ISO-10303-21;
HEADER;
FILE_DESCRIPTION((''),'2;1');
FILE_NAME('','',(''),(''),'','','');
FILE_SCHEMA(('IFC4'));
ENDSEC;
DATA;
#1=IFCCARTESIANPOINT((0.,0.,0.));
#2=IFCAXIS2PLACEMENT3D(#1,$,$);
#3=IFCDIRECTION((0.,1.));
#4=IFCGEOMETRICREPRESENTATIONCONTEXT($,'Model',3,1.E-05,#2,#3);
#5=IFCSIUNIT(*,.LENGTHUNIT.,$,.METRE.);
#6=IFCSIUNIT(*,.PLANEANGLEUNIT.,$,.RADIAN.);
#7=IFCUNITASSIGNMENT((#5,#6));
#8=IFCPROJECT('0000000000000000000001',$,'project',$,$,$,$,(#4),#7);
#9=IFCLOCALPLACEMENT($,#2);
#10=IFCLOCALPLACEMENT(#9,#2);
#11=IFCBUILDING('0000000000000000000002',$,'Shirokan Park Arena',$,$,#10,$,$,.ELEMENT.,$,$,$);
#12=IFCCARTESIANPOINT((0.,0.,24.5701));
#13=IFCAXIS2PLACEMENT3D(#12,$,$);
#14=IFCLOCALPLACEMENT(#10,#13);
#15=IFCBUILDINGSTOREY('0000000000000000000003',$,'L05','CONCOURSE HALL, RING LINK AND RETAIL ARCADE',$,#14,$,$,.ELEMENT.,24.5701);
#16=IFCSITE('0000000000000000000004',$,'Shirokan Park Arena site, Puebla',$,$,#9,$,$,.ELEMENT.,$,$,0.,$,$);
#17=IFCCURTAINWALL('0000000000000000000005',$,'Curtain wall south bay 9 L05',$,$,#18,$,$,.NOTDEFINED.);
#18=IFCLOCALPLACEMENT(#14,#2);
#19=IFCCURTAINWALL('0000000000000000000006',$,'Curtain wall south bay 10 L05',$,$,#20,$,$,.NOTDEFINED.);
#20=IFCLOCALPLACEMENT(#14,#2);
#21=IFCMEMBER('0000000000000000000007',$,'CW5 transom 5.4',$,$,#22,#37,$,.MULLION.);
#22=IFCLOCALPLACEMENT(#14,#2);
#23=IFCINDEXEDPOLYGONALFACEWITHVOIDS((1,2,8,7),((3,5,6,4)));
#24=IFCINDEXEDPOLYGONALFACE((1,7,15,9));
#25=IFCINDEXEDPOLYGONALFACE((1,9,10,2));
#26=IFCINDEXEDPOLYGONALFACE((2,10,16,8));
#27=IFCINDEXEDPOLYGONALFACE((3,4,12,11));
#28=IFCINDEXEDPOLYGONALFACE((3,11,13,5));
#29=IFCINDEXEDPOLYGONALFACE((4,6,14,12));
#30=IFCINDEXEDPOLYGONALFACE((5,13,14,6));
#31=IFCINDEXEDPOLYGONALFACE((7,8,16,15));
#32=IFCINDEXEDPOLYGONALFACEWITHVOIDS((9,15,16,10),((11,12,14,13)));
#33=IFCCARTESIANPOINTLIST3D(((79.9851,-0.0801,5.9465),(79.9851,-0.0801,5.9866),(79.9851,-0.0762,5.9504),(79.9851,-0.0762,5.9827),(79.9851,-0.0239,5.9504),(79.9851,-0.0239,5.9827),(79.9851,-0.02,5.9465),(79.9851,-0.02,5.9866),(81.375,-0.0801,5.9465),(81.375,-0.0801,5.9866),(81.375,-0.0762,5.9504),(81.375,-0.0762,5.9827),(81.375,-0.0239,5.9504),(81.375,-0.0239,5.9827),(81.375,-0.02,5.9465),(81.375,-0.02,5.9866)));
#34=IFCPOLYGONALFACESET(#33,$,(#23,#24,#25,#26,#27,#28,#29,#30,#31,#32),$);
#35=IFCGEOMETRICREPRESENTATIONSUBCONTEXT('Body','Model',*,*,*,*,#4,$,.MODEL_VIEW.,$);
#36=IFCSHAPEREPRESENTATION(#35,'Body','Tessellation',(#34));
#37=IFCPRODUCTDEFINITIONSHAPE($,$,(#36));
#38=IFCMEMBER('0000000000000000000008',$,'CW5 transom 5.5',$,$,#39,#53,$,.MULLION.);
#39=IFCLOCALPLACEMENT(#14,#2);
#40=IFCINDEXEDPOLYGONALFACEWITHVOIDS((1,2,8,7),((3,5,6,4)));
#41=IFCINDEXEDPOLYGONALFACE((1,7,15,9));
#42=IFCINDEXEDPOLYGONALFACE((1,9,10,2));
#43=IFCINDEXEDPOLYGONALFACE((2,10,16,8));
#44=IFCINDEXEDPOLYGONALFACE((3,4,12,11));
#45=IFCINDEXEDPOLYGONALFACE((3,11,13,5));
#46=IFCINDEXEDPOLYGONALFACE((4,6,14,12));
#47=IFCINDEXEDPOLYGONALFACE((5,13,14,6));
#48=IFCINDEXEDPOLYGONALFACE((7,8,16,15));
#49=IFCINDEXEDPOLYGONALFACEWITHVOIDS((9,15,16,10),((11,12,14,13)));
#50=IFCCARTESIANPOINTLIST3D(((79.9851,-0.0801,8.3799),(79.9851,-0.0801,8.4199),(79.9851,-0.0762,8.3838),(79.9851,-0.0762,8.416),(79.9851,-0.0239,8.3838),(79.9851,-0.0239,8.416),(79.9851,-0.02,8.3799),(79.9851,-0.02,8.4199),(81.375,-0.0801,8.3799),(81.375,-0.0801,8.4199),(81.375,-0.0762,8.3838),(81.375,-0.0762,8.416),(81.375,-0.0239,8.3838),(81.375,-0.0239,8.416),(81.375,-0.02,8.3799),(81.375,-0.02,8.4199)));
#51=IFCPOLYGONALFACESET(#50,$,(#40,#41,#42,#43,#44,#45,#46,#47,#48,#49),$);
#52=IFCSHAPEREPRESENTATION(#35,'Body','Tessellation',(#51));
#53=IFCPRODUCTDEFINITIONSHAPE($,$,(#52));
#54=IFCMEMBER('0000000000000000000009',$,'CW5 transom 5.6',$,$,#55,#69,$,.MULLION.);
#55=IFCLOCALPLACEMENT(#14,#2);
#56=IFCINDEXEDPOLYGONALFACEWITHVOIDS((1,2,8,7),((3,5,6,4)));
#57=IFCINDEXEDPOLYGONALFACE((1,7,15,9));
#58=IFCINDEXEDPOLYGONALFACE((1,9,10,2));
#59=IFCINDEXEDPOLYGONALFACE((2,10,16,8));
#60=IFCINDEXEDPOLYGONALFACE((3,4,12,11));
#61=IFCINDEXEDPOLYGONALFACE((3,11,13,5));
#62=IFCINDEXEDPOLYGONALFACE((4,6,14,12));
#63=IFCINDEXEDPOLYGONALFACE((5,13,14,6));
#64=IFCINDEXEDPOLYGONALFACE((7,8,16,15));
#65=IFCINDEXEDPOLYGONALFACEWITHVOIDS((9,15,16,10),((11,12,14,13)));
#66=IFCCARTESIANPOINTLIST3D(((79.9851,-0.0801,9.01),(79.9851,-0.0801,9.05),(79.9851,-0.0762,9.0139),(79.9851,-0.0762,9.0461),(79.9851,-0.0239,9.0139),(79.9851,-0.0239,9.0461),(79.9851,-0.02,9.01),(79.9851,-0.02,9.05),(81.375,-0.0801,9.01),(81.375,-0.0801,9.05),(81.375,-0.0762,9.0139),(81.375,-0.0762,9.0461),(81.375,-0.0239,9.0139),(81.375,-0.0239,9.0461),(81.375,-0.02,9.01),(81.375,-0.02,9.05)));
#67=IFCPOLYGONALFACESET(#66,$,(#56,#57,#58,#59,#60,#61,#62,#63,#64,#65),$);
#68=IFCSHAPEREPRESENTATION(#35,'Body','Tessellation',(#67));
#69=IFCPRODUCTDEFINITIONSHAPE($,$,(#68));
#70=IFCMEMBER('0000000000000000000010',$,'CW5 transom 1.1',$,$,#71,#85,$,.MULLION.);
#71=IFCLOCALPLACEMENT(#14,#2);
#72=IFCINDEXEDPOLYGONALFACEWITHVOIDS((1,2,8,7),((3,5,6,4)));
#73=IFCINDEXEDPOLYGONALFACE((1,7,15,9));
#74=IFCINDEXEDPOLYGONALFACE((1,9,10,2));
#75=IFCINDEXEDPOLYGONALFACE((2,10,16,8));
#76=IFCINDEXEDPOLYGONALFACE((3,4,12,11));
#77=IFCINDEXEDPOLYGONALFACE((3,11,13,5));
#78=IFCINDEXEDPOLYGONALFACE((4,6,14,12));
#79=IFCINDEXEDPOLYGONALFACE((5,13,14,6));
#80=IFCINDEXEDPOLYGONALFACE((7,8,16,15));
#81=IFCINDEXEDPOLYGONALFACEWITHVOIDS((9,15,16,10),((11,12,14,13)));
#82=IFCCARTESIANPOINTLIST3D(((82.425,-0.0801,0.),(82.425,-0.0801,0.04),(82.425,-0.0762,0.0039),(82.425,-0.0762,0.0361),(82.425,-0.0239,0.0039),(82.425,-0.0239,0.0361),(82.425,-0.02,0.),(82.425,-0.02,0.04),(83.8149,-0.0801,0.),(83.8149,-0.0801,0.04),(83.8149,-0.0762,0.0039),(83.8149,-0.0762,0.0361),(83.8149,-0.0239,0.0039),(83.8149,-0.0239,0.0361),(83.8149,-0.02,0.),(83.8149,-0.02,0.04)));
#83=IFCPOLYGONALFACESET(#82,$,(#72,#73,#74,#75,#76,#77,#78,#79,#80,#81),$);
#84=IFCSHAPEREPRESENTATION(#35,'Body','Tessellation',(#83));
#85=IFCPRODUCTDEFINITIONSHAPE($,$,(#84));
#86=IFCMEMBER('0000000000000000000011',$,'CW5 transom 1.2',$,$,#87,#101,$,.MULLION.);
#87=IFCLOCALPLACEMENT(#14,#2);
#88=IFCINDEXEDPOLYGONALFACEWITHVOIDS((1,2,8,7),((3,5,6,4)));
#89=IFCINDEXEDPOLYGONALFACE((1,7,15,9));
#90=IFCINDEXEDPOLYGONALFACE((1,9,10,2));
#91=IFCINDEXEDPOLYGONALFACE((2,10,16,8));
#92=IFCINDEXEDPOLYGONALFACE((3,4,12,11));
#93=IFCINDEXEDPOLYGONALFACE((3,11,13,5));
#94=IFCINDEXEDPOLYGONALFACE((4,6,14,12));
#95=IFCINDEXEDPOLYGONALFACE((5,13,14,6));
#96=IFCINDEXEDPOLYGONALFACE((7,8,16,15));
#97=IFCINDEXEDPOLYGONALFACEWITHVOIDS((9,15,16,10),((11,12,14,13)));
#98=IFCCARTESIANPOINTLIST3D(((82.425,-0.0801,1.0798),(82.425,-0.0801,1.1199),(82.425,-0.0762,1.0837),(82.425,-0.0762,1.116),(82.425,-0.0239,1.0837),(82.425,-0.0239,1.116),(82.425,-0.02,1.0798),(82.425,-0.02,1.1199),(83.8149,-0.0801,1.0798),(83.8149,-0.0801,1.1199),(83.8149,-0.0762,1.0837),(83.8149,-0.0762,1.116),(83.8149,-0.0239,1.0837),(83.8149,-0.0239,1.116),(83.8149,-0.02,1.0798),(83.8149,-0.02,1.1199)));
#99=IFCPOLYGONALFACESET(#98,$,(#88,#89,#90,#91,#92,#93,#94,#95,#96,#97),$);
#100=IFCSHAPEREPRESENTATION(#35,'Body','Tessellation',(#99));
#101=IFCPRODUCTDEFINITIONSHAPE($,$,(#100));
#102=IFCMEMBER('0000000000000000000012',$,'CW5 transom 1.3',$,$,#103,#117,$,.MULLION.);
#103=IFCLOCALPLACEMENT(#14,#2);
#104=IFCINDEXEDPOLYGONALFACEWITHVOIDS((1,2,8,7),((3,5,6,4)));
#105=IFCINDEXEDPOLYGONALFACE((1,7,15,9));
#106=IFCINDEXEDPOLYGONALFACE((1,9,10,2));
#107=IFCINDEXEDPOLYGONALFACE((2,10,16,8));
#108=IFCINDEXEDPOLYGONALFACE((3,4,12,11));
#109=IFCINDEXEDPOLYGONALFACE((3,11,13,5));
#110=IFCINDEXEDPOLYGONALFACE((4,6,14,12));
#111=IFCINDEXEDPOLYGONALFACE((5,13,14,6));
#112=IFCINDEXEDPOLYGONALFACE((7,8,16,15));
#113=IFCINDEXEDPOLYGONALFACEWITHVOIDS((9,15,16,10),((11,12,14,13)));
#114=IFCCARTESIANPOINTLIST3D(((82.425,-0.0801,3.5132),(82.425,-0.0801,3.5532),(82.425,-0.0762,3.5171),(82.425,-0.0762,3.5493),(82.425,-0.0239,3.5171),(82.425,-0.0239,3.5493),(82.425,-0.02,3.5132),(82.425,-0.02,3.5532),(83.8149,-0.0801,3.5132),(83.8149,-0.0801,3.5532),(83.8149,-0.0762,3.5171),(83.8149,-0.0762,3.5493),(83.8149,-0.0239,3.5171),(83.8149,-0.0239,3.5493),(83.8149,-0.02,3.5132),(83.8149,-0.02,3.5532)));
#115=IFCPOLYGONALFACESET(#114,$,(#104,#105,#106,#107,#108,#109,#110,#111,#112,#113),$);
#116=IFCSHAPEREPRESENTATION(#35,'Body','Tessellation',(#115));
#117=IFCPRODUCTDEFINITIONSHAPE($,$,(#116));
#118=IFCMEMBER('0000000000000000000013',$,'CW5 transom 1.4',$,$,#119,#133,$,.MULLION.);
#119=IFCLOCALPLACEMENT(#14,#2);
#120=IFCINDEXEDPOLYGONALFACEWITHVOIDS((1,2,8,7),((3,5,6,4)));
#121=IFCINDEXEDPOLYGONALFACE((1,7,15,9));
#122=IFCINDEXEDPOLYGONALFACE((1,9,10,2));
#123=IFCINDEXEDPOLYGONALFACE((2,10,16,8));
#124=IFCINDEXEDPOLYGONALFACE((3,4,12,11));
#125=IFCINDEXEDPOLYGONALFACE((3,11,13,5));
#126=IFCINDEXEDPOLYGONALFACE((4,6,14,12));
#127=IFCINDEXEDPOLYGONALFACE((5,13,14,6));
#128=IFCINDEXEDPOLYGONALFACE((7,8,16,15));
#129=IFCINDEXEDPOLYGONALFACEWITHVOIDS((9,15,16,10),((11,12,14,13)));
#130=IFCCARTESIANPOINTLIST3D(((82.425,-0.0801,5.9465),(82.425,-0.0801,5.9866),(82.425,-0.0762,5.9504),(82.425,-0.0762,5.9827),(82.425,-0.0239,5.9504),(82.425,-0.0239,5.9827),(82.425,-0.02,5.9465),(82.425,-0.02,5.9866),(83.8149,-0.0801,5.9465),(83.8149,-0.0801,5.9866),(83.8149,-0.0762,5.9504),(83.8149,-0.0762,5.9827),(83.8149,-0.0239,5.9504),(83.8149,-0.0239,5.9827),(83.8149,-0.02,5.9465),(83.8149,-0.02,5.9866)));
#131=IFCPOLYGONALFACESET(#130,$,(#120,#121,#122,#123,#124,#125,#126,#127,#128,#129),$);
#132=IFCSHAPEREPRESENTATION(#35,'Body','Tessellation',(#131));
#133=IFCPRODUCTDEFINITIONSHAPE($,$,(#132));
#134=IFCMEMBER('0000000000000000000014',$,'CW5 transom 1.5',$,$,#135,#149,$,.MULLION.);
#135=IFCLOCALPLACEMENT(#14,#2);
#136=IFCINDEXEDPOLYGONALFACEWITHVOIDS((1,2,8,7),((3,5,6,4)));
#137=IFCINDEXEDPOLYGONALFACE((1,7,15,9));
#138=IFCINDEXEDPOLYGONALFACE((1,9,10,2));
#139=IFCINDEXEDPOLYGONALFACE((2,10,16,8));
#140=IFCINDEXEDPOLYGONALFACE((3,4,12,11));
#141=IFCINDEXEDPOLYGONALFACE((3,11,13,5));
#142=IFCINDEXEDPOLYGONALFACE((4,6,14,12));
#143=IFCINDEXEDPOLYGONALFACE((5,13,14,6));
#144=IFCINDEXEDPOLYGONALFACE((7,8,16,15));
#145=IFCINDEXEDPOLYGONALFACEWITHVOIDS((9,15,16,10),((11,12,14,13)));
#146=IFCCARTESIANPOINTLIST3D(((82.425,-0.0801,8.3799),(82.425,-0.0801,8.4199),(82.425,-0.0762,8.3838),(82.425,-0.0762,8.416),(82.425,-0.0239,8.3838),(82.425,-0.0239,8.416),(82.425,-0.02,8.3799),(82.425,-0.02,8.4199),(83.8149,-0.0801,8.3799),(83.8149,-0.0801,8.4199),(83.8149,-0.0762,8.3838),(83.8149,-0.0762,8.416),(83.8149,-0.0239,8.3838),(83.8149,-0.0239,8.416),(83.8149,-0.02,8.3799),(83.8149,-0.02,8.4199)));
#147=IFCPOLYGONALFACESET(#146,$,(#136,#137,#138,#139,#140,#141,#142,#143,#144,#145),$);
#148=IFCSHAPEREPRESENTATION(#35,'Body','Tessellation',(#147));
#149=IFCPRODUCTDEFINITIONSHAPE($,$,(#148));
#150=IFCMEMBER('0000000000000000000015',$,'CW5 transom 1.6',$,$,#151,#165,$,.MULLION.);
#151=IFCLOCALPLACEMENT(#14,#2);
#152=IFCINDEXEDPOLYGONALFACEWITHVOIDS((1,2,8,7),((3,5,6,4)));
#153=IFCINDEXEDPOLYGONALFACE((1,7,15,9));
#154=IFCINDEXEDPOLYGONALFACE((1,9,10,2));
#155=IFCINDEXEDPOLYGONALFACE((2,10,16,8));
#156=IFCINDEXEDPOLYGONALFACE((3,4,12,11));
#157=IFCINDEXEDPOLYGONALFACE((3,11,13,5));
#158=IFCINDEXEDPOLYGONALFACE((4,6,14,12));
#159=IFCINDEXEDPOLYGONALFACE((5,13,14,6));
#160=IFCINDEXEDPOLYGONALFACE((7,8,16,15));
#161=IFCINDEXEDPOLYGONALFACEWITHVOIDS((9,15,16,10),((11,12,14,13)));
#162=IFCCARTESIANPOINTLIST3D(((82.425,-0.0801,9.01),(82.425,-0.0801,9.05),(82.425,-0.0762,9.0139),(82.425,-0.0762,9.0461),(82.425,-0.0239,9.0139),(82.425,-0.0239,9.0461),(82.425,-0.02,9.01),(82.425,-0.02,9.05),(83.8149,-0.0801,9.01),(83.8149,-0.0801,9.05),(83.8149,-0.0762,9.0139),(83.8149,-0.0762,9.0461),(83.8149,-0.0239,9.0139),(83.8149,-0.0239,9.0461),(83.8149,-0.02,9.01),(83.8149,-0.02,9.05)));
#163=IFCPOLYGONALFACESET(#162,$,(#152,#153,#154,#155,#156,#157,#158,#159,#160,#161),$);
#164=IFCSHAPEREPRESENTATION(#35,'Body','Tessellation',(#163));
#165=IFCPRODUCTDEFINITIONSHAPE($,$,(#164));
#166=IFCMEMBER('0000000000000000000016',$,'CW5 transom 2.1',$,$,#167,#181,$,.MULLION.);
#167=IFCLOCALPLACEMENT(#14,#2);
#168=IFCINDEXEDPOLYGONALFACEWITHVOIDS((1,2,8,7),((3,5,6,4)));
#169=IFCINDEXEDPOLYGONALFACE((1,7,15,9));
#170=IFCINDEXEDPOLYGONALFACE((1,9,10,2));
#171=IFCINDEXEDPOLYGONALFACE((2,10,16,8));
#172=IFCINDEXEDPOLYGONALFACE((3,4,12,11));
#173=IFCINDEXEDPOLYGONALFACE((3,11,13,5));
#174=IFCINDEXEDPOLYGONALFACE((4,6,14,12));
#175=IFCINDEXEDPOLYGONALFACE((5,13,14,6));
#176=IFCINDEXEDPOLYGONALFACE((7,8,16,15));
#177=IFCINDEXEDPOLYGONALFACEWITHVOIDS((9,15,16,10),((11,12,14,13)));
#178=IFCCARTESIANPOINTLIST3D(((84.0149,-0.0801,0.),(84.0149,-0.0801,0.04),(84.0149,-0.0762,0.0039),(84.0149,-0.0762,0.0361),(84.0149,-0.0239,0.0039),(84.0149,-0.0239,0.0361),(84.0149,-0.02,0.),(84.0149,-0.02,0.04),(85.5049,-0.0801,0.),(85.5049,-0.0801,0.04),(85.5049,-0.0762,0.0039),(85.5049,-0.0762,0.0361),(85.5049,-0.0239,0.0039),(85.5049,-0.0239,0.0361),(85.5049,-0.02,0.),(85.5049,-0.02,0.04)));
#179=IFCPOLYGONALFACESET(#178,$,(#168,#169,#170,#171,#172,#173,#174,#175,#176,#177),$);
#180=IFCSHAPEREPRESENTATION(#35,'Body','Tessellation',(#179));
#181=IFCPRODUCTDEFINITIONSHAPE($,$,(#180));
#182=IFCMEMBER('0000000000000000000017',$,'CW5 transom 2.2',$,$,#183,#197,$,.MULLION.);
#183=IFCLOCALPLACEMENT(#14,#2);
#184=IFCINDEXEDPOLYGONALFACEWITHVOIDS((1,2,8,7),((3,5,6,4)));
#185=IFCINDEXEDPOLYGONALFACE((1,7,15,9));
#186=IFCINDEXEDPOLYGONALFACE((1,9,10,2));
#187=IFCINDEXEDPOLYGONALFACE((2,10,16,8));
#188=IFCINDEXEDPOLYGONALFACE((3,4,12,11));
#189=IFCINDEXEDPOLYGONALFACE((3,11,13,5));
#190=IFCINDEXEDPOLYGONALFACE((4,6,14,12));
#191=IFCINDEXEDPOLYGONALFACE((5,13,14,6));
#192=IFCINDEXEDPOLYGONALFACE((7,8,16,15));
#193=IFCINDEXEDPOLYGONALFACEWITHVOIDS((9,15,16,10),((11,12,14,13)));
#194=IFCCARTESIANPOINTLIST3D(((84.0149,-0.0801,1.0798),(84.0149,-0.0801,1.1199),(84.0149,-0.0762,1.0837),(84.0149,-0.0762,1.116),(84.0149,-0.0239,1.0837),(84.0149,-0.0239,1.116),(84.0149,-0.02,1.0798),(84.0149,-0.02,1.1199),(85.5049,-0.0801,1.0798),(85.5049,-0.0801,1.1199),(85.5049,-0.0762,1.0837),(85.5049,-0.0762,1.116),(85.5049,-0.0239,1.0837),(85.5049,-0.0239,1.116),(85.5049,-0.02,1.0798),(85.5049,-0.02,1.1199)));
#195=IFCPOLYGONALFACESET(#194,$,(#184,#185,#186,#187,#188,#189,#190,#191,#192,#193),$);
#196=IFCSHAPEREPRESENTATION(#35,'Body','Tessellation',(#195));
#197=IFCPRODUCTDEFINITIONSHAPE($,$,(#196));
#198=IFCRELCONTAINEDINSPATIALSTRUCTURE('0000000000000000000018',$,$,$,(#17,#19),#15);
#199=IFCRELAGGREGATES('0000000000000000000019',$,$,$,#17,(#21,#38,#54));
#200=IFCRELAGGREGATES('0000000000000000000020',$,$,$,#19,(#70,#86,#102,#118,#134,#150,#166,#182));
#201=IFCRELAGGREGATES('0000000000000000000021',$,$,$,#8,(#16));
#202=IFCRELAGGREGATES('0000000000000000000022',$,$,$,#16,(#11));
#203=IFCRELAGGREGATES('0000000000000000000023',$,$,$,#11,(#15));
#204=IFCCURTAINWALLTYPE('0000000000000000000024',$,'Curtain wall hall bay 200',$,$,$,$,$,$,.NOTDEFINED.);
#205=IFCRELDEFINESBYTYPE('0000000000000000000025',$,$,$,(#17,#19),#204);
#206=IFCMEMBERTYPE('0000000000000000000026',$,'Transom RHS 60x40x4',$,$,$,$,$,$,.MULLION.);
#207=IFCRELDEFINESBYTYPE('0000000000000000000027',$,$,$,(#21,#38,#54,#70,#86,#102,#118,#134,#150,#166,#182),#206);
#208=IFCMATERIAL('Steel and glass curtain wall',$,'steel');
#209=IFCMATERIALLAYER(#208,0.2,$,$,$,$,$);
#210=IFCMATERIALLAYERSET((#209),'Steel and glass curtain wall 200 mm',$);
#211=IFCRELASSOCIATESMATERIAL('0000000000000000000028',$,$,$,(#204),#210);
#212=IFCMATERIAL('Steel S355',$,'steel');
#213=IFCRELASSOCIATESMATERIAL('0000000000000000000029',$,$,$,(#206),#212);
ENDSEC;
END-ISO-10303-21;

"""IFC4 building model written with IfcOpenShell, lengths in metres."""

from ifc_helpers import new_model, si_unit, direction, frame, origin, origin_2d, place, context, subcontext, project, spatial, hollow_rectangle, extrude, material, layer, layer_set, material_profile, profile_set, type_object, element, aggregate, save


model = new_model("IFC4")

# Units and contexts
model_context = context("Model", 3, precision=1e-05, world=origin(), true_north=direction((0.0, 1.0)))
body_context = subcontext(model_context, "Body", "Model", "MODEL_VIEW")
ifc_project = project(units=[si_unit("LENGTHUNIT", "METRE"), si_unit("PLANEANGLEUNIT", "RADIAN")], contexts=[model_context])

# Site, building, storey
site_placement = place(None, origin())
site = spatial("IfcSite", under=ifc_project, at=site_placement, Name="Shirokan Park Arena site, Puebla", CompositionType="ELEMENT", RefElevation=0.0)
building_placement = place(site_placement, origin())
building = spatial("IfcBuilding", under=site, at=building_placement, Name="Shirokan Park Arena", CompositionType="ELEMENT")
storey_placement = place(building_placement, frame((0.0, 0.0, 24.5701)))
storey = spatial("IfcBuildingStorey", under=building, at=storey_placement, Name="L05", Description="CONCOURSE HALL, RING LINK AND RETAIL ARCADE", CompositionType="ELEMENT", Elevation=24.5701)

# Curtain walls
ifc_material_1 = material(Name="Steel and glass curtain wall", Category="steel")
ifc_layer_1 = layer(ifc_material_1, 0.2)
ifc_layer_set_1 = layer_set([ifc_layer_1], Name="Steel and glass curtain wall 200 mm")
curtain_wall_type = type_object("IfcCurtainWallType", Name="Curtain wall hall bay 200", PredefinedType="NOTDEFINED", material=ifc_layer_set_1)
curtain_wall_1_placement = place(storey_placement, origin())
curtain_wall_1 = element("IfcCurtainWall", 1, at=curtain_wall_1_placement, inside=storey, type_object=curtain_wall_type, Name="Curtain wall south bay 9 L05", PredefinedType="NOTDEFINED")
ifc_material_2 = material(Name="Steel S355", Category="steel")
curtain_wall_2_placement = place(storey_placement, origin())
curtain_wall_2 = element("IfcCurtainWall", 2, at=curtain_wall_2_placement, inside=storey, type_object=curtain_wall_type, Name="Curtain wall south bay 10 L05", PredefinedType="NOTDEFINED")

# Members
ifc_material_profile_1 = material_profile(ifc_material_2, hollow_rectangle(XDim=0.0601, YDim=0.04, WallThickness=0.0039, at=origin_2d()), Name="RHS 60x40x4")
ifc_profile_set_1 = profile_set([ifc_material_profile_1], Name="Steel S355")
member_type_1 = type_object("IfcMemberType", Name="Transom RHS 60x40x4", PredefinedType="MULLION", material=ifc_profile_set_1)
member_1_placement = place(storey_placement, frame((79.9851, -0.05, 5.9666), z_axis=(1.0, 0.0, 0.0), x_axis=(0.0, 1.0, 0.0)))
member_1 = element("IfcMember", 3, at=member_1_placement, type_object=member_type_1, Name="CW5 transom 5.4", PredefinedType="MULLION", context=body_context, shape_type="SweptSolid", body=[
    extrude(hollow_rectangle(XDim=0.0601, YDim=0.04, WallThickness=0.0039, at=origin_2d()), origin(), (0.0, 0.0, 1.0), 1.3899),
])
member_2_placement = place(storey_placement, frame((79.9851, -0.05, 8.3999), z_axis=(1.0, 0.0, 0.0), x_axis=(0.0, 1.0, 0.0)))
member_2 = element("IfcMember", 4, at=member_2_placement, type_object=member_type_1, Name="CW5 transom 5.5", PredefinedType="MULLION", context=body_context, shape_type="SweptSolid", body=[
    extrude(hollow_rectangle(XDim=0.0601, YDim=0.04, WallThickness=0.0039, at=origin_2d()), origin(), (0.0, 0.0, 1.0), 1.3899),
])
member_3_placement = place(storey_placement, frame((79.9851, -0.05, 9.03), z_axis=(1.0, 0.0, 0.0), x_axis=(0.0, 1.0, 0.0)))
member_3 = element("IfcMember", 5, at=member_3_placement, type_object=member_type_1, Name="CW5 transom 5.6", PredefinedType="MULLION", context=body_context, shape_type="SweptSolid", body=[
    extrude(hollow_rectangle(XDim=0.0601, YDim=0.04, WallThickness=0.0039, at=origin_2d()), origin(), (0.0, 0.0, 1.0), 1.3899),
])
member_4_placement = place(storey_placement, frame((82.425, -0.05, 0.02), z_axis=(1.0, 0.0, 0.0), x_axis=(0.0, 1.0, 0.0)))
member_4 = element("IfcMember", 6, at=member_4_placement, type_object=member_type_1, Name="CW5 transom 1.1", PredefinedType="MULLION", context=body_context, shape_type="SweptSolid", body=[
    extrude(hollow_rectangle(XDim=0.0601, YDim=0.04, WallThickness=0.0039, at=origin_2d()), origin(), (0.0, 0.0, 1.0), 1.3899),
])
member_5_placement = place(storey_placement, frame((82.425, -0.05, 1.0999), z_axis=(1.0, 0.0, 0.0), x_axis=(0.0, 1.0, 0.0)))
member_5 = element("IfcMember", 7, at=member_5_placement, type_object=member_type_1, Name="CW5 transom 1.2", PredefinedType="MULLION", context=body_context, shape_type="SweptSolid", body=[
    extrude(hollow_rectangle(XDim=0.0601, YDim=0.04, WallThickness=0.0039, at=origin_2d()), origin(), (0.0, 0.0, 1.0), 1.3899),
])
member_6_placement = place(storey_placement, frame((82.425, -0.05, 3.5332), z_axis=(1.0, 0.0, 0.0), x_axis=(0.0, 1.0, 0.0)))
member_6 = element("IfcMember", 8, at=member_6_placement, type_object=member_type_1, Name="CW5 transom 1.3", PredefinedType="MULLION", context=body_context, shape_type="SweptSolid", body=[
    extrude(hollow_rectangle(XDim=0.0601, YDim=0.04, WallThickness=0.0039, at=origin_2d()), origin(), (0.0, 0.0, 1.0), 1.3899),
])
member_7_placement = place(storey_placement, frame((82.425, -0.05, 5.9666), z_axis=(1.0, 0.0, 0.0), x_axis=(0.0, 1.0, 0.0)))
member_7 = element("IfcMember", 9, at=member_7_placement, type_object=member_type_1, Name="CW5 transom 1.4", PredefinedType="MULLION", context=body_context, shape_type="SweptSolid", body=[
    extrude(hollow_rectangle(XDim=0.0601, YDim=0.04, WallThickness=0.0039, at=origin_2d()), origin(), (0.0, 0.0, 1.0), 1.3899),
])
member_8_placement = place(storey_placement, frame((82.425, -0.05, 8.3999), z_axis=(1.0, 0.0, 0.0), x_axis=(0.0, 1.0, 0.0)))
member_8 = element("IfcMember", 10, at=member_8_placement, type_object=member_type_1, Name="CW5 transom 1.5", PredefinedType="MULLION", context=body_context, shape_type="SweptSolid", body=[
    extrude(hollow_rectangle(XDim=0.0601, YDim=0.04, WallThickness=0.0039, at=origin_2d()), origin(), (0.0, 0.0, 1.0), 1.3899),
])
member_9_placement = place(storey_placement, frame((82.425, -0.05, 9.03), z_axis=(1.0, 0.0, 0.0), x_axis=(0.0, 1.0, 0.0)))
member_9 = element("IfcMember", 11, at=member_9_placement, type_object=member_type_1, Name="CW5 transom 1.6", PredefinedType="MULLION", context=body_context, shape_type="SweptSolid", body=[
    extrude(hollow_rectangle(XDim=0.0601, YDim=0.04, WallThickness=0.0039, at=origin_2d()), origin(), (0.0, 0.0, 1.0), 1.3899),
])
member_10_placement = place(storey_placement, frame((84.0149, -0.05, 0.02), z_axis=(1.0, 0.0, 0.0), x_axis=(0.0, 1.0, 0.0)))
member_10 = element("IfcMember", 12, at=member_10_placement, type_object=member_type_1, Name="CW5 transom 2.1", PredefinedType="MULLION", context=body_context, shape_type="SweptSolid", body=[
    extrude(hollow_rectangle(XDim=0.0601, YDim=0.04, WallThickness=0.0039, at=origin_2d()), origin(), (0.0, 0.0, 1.0), 1.49),
])
member_11_placement = place(storey_placement, frame((84.0149, -0.05, 1.0999), z_axis=(1.0, 0.0, 0.0), x_axis=(0.0, 1.0, 0.0)))
member_11 = element("IfcMember", 13, at=member_11_placement, type_object=member_type_1, Name="CW5 transom 2.2", PredefinedType="MULLION", context=body_context, shape_type="SweptSolid", body=[
    extrude(hollow_rectangle(XDim=0.0601, YDim=0.04, WallThickness=0.0039, at=origin_2d()), origin(), (0.0, 0.0, 1.0), 1.49),
])

aggregate(curtain_wall_1, [member_1, member_2, member_3])
aggregate(curtain_wall_2, [member_4, member_5, member_6, member_7, member_8, member_9, member_10, member_11])

save(model, "model.ifc")
